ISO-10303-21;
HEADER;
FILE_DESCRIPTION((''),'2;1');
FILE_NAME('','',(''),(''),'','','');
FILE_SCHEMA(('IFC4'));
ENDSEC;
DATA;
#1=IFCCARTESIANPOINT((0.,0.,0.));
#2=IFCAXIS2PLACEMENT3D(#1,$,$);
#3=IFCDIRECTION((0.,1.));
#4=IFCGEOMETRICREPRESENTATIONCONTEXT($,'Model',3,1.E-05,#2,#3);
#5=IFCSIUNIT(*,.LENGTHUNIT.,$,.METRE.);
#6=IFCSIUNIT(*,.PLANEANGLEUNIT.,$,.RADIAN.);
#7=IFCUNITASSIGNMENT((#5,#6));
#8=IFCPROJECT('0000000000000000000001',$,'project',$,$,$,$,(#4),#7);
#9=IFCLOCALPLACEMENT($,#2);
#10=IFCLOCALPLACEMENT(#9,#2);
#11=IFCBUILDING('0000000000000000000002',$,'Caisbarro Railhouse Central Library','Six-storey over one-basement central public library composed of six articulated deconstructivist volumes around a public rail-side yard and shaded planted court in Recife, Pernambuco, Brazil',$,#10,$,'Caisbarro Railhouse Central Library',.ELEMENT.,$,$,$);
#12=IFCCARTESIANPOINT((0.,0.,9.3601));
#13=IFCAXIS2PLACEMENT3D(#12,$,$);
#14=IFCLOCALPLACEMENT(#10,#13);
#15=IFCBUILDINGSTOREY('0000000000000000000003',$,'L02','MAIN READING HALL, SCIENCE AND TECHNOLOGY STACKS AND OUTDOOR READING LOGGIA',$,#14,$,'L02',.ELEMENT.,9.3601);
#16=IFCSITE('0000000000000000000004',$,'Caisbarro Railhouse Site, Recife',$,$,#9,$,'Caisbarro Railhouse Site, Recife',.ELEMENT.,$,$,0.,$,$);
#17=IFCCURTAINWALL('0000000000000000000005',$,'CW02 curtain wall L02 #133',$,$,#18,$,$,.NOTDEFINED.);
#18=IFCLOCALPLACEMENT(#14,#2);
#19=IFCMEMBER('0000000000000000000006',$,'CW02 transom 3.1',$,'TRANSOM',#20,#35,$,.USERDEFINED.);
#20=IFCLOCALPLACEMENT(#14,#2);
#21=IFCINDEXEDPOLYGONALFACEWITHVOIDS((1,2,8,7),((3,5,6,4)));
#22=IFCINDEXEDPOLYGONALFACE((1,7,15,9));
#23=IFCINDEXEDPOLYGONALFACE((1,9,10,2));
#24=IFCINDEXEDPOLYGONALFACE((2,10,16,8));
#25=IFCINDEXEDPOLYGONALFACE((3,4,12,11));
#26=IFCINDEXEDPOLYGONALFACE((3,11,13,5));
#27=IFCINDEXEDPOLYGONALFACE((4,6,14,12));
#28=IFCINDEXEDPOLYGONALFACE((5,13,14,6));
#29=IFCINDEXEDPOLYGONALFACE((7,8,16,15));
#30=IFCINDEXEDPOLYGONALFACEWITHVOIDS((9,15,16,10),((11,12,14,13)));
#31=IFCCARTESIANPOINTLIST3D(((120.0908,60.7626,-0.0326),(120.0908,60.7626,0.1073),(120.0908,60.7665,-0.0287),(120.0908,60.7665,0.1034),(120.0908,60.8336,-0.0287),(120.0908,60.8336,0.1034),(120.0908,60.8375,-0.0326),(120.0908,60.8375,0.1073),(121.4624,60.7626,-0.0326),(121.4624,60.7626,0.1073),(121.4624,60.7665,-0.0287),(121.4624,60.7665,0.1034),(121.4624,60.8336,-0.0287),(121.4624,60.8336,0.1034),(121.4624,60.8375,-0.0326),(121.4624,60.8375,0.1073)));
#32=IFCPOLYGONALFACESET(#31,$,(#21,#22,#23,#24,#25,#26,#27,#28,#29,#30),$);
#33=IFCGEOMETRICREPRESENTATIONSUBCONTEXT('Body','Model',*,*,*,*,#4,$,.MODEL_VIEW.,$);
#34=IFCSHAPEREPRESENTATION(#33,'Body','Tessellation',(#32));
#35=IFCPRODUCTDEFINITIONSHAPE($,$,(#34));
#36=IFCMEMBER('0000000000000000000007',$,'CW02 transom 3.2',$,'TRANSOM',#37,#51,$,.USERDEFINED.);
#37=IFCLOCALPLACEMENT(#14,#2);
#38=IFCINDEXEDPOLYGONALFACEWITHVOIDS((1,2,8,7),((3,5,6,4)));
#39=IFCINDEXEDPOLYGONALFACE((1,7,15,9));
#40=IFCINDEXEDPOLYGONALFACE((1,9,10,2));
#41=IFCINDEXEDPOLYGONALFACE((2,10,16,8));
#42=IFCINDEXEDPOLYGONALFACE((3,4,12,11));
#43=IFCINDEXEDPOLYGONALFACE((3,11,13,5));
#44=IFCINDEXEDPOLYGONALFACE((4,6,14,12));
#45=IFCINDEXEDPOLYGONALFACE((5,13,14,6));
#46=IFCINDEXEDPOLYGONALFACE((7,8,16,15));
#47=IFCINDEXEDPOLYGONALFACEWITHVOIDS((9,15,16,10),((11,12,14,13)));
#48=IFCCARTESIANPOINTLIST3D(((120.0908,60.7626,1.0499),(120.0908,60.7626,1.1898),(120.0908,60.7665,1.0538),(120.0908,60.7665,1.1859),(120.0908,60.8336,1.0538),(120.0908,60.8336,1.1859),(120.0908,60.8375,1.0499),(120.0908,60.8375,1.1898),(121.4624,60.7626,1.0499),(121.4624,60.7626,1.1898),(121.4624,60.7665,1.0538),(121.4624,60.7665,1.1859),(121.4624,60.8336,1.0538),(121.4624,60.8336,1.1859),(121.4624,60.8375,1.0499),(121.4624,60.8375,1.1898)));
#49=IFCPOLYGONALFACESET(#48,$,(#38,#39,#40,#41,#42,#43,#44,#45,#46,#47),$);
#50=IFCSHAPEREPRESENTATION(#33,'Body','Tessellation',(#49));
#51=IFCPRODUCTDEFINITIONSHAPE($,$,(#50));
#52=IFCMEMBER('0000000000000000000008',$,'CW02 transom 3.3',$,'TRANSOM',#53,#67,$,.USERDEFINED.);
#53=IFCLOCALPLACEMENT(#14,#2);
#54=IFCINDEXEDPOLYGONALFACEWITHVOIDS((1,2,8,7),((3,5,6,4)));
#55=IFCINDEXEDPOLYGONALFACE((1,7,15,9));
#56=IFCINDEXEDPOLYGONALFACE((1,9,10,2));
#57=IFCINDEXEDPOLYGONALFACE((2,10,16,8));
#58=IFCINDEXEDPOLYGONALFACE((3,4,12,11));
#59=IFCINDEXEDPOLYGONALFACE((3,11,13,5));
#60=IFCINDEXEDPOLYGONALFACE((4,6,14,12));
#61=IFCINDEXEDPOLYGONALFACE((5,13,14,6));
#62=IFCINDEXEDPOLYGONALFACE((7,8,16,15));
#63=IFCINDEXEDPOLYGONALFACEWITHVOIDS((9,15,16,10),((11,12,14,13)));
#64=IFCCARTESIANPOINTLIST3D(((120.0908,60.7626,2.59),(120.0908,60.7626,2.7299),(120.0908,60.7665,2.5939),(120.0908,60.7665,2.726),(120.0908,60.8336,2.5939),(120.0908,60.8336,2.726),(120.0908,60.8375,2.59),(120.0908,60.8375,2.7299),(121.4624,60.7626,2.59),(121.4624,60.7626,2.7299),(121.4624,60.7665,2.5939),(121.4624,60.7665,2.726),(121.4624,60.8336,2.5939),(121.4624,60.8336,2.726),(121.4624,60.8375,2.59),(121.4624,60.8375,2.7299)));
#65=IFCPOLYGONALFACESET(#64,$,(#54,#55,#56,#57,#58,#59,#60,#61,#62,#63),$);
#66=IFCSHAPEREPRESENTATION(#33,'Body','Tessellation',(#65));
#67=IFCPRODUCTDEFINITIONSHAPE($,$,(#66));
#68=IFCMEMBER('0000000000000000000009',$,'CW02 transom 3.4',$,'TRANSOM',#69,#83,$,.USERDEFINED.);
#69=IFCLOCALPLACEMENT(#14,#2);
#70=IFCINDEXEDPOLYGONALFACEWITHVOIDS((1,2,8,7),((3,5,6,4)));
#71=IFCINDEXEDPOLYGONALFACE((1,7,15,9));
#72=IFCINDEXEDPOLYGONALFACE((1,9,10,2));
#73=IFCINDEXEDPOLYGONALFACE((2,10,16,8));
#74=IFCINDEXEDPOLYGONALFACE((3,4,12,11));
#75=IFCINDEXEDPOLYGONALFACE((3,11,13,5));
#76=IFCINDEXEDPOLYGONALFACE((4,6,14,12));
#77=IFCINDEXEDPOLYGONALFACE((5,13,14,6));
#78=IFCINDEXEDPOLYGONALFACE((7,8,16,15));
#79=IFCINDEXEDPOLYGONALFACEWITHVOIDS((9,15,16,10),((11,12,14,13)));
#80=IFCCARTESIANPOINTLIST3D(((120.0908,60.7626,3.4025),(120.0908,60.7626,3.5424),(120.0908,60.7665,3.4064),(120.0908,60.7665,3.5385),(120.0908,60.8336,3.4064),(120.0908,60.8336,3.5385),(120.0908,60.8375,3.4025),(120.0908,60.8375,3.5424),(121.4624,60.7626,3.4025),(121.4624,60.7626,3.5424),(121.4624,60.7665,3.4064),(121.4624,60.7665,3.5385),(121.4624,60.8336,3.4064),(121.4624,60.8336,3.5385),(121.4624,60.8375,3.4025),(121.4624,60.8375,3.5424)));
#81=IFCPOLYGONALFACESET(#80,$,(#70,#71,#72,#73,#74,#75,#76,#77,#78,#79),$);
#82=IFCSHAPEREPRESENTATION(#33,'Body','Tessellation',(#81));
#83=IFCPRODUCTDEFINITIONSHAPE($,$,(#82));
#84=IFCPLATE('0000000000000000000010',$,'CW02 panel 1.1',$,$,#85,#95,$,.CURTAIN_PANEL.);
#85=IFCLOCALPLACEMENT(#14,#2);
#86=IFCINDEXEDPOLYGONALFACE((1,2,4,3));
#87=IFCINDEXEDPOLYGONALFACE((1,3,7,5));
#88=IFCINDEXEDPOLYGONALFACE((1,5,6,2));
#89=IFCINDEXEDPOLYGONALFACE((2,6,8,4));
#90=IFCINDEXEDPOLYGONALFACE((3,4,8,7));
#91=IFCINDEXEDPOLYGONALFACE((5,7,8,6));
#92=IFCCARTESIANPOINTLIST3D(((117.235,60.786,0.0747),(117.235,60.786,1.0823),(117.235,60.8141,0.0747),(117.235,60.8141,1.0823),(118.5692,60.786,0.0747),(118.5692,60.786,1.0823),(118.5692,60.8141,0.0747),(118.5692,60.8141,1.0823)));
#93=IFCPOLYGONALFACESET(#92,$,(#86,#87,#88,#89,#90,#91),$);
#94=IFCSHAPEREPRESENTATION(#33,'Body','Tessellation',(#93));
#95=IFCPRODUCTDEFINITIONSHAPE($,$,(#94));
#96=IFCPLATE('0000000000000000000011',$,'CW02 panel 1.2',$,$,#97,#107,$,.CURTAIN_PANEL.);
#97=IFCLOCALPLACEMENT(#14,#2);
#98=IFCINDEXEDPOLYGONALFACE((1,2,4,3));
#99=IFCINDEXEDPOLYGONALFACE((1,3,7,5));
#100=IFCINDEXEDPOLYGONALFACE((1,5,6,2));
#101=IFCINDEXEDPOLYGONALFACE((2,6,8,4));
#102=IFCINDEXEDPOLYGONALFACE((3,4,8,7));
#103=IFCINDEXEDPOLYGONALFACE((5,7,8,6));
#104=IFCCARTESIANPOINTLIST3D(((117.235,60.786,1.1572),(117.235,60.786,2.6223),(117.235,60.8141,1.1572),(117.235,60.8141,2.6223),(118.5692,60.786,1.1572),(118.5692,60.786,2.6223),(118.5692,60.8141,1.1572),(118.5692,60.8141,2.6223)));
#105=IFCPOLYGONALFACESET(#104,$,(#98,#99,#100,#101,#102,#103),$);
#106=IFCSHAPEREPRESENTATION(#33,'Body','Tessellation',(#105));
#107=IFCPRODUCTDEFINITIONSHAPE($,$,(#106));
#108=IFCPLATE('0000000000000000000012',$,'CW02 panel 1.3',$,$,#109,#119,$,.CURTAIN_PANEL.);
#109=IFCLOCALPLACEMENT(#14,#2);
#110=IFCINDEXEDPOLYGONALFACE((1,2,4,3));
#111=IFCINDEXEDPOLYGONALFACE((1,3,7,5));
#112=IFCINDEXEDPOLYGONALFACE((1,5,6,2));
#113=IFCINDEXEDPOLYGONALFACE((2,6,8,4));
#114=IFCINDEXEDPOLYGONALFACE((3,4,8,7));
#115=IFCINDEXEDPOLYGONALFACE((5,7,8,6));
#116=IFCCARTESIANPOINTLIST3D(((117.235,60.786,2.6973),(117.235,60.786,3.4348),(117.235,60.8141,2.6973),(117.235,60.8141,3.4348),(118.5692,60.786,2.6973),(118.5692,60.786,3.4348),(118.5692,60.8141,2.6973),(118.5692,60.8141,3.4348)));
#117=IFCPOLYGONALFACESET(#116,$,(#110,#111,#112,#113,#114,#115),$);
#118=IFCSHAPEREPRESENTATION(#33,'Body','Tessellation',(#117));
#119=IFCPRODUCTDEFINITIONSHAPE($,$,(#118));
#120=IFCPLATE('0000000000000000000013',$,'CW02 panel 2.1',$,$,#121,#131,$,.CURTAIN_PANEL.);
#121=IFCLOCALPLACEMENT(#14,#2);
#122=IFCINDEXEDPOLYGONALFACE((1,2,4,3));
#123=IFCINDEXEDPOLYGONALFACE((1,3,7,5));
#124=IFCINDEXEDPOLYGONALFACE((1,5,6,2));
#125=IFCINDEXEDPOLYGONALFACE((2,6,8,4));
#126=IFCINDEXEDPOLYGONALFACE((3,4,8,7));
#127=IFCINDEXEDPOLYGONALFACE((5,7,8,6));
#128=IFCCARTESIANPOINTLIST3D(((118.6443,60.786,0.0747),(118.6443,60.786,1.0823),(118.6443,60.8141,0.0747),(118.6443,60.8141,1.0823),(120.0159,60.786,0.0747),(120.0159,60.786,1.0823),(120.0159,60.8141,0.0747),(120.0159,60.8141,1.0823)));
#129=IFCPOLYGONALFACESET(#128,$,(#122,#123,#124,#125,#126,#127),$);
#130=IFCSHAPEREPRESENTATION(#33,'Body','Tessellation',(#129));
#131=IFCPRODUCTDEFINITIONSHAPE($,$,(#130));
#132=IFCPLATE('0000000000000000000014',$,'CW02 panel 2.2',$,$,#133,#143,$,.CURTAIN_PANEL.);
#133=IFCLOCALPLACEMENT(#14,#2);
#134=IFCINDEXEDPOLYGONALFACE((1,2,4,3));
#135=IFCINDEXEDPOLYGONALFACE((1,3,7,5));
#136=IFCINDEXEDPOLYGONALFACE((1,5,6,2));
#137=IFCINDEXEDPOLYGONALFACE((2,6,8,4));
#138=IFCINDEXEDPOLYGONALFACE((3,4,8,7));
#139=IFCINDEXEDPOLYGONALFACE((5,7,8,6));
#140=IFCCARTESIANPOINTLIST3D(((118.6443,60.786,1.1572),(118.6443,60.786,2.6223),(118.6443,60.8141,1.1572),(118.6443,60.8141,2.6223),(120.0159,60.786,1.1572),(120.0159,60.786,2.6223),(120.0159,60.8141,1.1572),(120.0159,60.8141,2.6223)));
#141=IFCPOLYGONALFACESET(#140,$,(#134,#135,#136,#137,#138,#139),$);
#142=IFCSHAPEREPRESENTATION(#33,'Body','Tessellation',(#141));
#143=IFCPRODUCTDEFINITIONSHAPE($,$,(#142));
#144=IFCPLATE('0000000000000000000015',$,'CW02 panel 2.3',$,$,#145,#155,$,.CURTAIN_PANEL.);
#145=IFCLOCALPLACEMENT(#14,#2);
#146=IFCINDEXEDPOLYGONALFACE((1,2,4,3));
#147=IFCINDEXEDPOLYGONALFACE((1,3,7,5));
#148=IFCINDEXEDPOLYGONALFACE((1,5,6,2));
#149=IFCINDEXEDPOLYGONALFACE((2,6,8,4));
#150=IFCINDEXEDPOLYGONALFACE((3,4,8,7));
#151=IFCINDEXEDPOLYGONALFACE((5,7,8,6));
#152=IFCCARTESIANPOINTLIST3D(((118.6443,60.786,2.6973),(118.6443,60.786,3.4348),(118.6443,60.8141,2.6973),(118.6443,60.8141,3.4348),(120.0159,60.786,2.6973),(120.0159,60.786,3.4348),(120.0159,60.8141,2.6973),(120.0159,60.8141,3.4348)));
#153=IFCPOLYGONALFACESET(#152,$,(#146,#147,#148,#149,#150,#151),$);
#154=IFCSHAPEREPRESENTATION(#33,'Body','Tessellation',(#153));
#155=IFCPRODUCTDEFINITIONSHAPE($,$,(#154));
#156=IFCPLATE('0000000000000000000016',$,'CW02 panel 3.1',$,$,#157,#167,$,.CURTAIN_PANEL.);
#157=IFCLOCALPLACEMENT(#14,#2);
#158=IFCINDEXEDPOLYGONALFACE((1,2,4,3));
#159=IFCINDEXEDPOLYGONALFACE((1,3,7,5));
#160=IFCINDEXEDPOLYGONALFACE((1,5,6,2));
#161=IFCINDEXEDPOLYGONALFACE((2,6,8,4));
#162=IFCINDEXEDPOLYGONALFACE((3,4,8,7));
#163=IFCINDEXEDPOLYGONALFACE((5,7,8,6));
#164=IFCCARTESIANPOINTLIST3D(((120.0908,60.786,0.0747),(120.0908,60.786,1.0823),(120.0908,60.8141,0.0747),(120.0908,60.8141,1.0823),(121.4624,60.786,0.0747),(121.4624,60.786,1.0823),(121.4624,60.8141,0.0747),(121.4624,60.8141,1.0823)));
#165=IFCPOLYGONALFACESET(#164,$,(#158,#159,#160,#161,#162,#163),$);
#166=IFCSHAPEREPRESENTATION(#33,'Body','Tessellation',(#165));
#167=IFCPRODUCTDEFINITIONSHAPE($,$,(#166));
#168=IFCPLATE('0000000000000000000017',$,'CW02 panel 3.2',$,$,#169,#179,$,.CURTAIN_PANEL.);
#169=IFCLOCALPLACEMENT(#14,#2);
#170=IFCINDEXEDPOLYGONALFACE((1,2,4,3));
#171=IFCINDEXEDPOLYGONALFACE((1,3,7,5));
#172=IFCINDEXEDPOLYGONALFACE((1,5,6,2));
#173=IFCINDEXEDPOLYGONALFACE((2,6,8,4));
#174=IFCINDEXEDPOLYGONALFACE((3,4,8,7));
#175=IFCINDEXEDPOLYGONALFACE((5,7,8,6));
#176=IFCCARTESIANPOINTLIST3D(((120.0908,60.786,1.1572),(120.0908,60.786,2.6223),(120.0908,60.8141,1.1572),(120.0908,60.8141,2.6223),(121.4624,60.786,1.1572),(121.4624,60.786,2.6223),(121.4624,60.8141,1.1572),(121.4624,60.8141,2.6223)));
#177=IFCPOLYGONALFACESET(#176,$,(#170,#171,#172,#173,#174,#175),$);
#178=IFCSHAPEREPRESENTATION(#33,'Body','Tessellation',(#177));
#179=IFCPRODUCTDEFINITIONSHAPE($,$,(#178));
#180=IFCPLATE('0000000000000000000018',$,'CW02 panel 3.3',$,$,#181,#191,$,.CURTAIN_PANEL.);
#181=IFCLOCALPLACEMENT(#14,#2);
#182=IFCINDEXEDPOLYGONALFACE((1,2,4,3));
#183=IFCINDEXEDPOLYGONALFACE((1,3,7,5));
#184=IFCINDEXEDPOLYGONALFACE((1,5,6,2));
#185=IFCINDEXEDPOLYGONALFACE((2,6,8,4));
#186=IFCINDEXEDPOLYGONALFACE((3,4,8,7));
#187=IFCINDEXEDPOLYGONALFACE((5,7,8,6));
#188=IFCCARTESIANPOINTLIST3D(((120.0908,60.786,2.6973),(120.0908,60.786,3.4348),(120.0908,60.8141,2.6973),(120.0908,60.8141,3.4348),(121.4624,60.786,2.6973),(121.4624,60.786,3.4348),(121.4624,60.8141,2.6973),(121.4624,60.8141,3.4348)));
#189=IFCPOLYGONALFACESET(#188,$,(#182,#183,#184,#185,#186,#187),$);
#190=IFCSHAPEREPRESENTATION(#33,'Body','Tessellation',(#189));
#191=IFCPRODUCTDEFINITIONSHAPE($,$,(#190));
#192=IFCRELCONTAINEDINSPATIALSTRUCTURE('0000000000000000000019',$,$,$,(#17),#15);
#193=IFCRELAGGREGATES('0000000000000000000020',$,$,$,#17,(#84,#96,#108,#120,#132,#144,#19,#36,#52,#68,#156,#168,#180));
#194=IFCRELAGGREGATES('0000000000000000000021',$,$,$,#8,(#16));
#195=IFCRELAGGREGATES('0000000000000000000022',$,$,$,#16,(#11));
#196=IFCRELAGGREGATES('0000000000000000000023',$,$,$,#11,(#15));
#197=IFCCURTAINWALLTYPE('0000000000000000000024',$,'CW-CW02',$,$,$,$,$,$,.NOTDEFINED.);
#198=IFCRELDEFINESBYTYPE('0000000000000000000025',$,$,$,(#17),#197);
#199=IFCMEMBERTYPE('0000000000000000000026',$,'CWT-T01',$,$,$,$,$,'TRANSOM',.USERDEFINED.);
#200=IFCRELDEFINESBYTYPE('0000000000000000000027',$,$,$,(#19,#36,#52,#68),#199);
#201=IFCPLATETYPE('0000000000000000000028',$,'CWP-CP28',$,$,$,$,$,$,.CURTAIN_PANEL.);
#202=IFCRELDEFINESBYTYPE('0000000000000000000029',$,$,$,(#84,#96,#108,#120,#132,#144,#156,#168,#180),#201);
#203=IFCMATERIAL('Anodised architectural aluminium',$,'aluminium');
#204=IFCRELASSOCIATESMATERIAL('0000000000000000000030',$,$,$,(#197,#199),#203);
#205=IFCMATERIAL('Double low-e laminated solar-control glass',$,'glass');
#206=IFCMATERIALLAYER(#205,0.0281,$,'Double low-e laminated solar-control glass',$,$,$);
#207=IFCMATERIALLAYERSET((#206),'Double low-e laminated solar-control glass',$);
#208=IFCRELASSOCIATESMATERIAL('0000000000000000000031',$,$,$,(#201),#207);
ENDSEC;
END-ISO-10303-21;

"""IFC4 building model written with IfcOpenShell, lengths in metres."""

from ifc_helpers import new_model, si_unit, direction, frame, origin, origin_2d, place, context, subcontext, project, spatial, rectangle, hollow_rectangle, extrude, material, layer, layer_set, material_profile, profile_set, type_object, element, aggregate, save


model = new_model("IFC4")

# Units and contexts
model_context = context("Model", 3, precision=1e-05, world=origin(), true_north=direction((0.0, 1.0)))
body_context = subcontext(model_context, "Body", "Model", "MODEL_VIEW")
ifc_project = project(units=[si_unit("LENGTHUNIT", "METRE"), si_unit("PLANEANGLEUNIT", "RADIAN")], contexts=[model_context])

# Site, building, storey
site_placement = place(None, origin())
site = spatial("IfcSite", under=ifc_project, at=site_placement, Name="Caisbarro Railhouse Site, Recife", LongName="Caisbarro Railhouse Site, Recife", CompositionType="ELEMENT", RefElevation=0.0)
building_placement = place(site_placement, origin())
building = spatial("IfcBuilding", under=site, at=building_placement, Name="Caisbarro Railhouse Central Library", Description="Six-storey over one-basement central public library composed of six articulated deconstructivist volumes around a public rail-side yard and shaded planted court in Recife, Pernambuco, Brazil", LongName="Caisbarro Railhouse Central Library", CompositionType="ELEMENT")
storey_placement = place(building_placement, frame((0.0, 0.0, 9.3601)))
storey = spatial("IfcBuildingStorey", under=building, at=storey_placement, Name="L02", Description="MAIN READING HALL, SCIENCE AND TECHNOLOGY STACKS AND OUTDOOR READING LOGGIA", LongName="L02", CompositionType="ELEMENT", Elevation=9.3601)

# Curtain wall
ifc_material_1 = material(Name="Anodised architectural aluminium", Category="aluminium")
curtain_wall_type = type_object("IfcCurtainWallType", Name="CW-CW02", PredefinedType="NOTDEFINED", material=ifc_material_1)
curtain_wall_1_placement = place(storey_placement, origin())
curtain_wall_1 = element("IfcCurtainWall", 1, at=curtain_wall_1_placement, inside=storey, type_object=curtain_wall_type, Name="CW02 curtain wall L02 #133", PredefinedType="NOTDEFINED")

# Members
ifc_material_profile_1 = material_profile(ifc_material_1, hollow_rectangle(XDim=0.075, YDim=0.1399, WallThickness=0.0039, at=origin_2d()), Name="ALU-TRN-75X140")
ifc_profile_set_1 = profile_set([ifc_material_profile_1], Name="Anodised architectural aluminium")
member_type_1 = type_object("IfcMemberType", Name="CWT-T01", ElementType="TRANSOM", PredefinedType="USERDEFINED", material=ifc_profile_set_1)
member_1_placement = place(storey_placement, frame((120.0908, 60.8, 0.0374), z_axis=(1.0, 0.0, 0.0), x_axis=(0.0, 1.0, 0.0)))
member_1 = element("IfcMember", 2, at=member_1_placement, type_object=member_type_1, Name="CW02 transom 3.1", ObjectType="TRANSOM", PredefinedType="USERDEFINED", context=body_context, shape_type="SweptSolid", body=[
    extrude(hollow_rectangle(XDim=0.075, YDim=0.1399, WallThickness=0.0039, at=origin_2d()), origin(), (0.0, 0.0, 1.0), 1.3716),
])
member_2_placement = place(storey_placement, frame((120.0908, 60.8, 1.1199), z_axis=(1.0, 0.0, 0.0), x_axis=(0.0, 1.0, 0.0)))
member_2 = element("IfcMember", 3, at=member_2_placement, type_object=member_type_1, Name="CW02 transom 3.2", ObjectType="TRANSOM", PredefinedType="USERDEFINED", context=body_context, shape_type="SweptSolid", body=[
    extrude(hollow_rectangle(XDim=0.075, YDim=0.1399, WallThickness=0.0039, at=origin_2d()), origin(), (0.0, 0.0, 1.0), 1.3716),
])
member_3_placement = place(storey_placement, frame((120.0908, 60.8, 2.6599), z_axis=(1.0, 0.0, 0.0), x_axis=(0.0, 1.0, 0.0)))
member_3 = element("IfcMember", 4, at=member_3_placement, type_object=member_type_1, Name="CW02 transom 3.3", ObjectType="TRANSOM", PredefinedType="USERDEFINED", context=body_context, shape_type="SweptSolid", body=[
    extrude(hollow_rectangle(XDim=0.075, YDim=0.1399, WallThickness=0.0039, at=origin_2d()), origin(), (0.0, 0.0, 1.0), 1.3716),
])
member_4_placement = place(storey_placement, frame((120.0908, 60.8, 3.4724), z_axis=(1.0, 0.0, 0.0), x_axis=(0.0, 1.0, 0.0)))
member_4 = element("IfcMember", 5, at=member_4_placement, type_object=member_type_1, Name="CW02 transom 3.4", ObjectType="TRANSOM", PredefinedType="USERDEFINED", context=body_context, shape_type="SweptSolid", body=[
    extrude(hollow_rectangle(XDim=0.075, YDim=0.1399, WallThickness=0.0039, at=origin_2d()), origin(), (0.0, 0.0, 1.0), 1.3716),
])

# Plates
ifc_material_2 = material(Name="Double low-e laminated solar-control glass", Category="glass")
ifc_layer_1 = layer(ifc_material_2, 0.0281, Name="Double low-e laminated solar-control glass")
ifc_layer_set_1 = layer_set([ifc_layer_1], Name="Double low-e laminated solar-control glass")
plate_type_1 = type_object("IfcPlateType", Name="CWP-CP28", PredefinedType="CURTAIN_PANEL", material=ifc_layer_set_1)
plate_1_placement = place(storey_placement, frame((117.9021, 60.8, 0.0747), z_axis=(0.0, 0.0, 1.0), x_axis=(1.0, 0.0, 0.0)))
plate_1 = element("IfcPlate", 6, at=plate_1_placement, type_object=plate_type_1, Name="CW02 panel 1.1", PredefinedType="CURTAIN_PANEL", context=body_context, shape_type="SweptSolid", body=[
    extrude(rectangle(XDim=1.3342, YDim=0.0281, at=origin_2d()), origin(), (0.0, 0.0, 1.0), 1.0076),
])
plate_2_placement = place(storey_placement, frame((117.9021, 60.8, 1.1572), z_axis=(0.0, 0.0, 1.0), x_axis=(1.0, 0.0, 0.0)))
plate_2 = element("IfcPlate", 7, at=plate_2_placement, type_object=plate_type_1, Name="CW02 panel 1.2", PredefinedType="CURTAIN_PANEL", context=body_context, shape_type="SweptSolid", body=[
    extrude(rectangle(XDim=1.3342, YDim=0.0281, at=origin_2d()), origin(), (0.0, 0.0, 1.0), 1.4651),
])
plate_3_placement = place(storey_placement, frame((117.9021, 60.8, 2.6973), z_axis=(0.0, 0.0, 1.0), x_axis=(1.0, 0.0, 0.0)))
plate_3 = element("IfcPlate", 8, at=plate_3_placement, type_object=plate_type_1, Name="CW02 panel 1.3", PredefinedType="CURTAIN_PANEL", context=body_context, shape_type="SweptSolid", body=[
    extrude(rectangle(XDim=1.3342, YDim=0.0281, at=origin_2d()), origin(), (0.0, 0.0, 1.0), 0.7375),
])
plate_4_placement = place(storey_placement, frame((119.3301, 60.8, 0.0747), z_axis=(0.0, 0.0, 1.0), x_axis=(1.0, 0.0, 0.0)))
plate_4 = element("IfcPlate", 9, at=plate_4_placement, type_object=plate_type_1, Name="CW02 panel 2.1", PredefinedType="CURTAIN_PANEL", context=body_context, shape_type="SweptSolid", body=[
    extrude(rectangle(XDim=1.3716, YDim=0.0281, at=origin_2d()), origin(), (0.0, 0.0, 1.0), 1.0076),
])
plate_5_placement = place(storey_placement, frame((119.3301, 60.8, 1.1572), z_axis=(0.0, 0.0, 1.0), x_axis=(1.0, 0.0, 0.0)))
plate_5 = element("IfcPlate", 10, at=plate_5_placement, type_object=plate_type_1, Name="CW02 panel 2.2", PredefinedType="CURTAIN_PANEL", context=body_context, shape_type="SweptSolid", body=[
    extrude(rectangle(XDim=1.3716, YDim=0.0281, at=origin_2d()), origin(), (0.0, 0.0, 1.0), 1.4651),
])
plate_6_placement = place(storey_placement, frame((119.3301, 60.8, 2.6973), z_axis=(0.0, 0.0, 1.0), x_axis=(1.0, 0.0, 0.0)))
plate_6 = element("IfcPlate", 11, at=plate_6_placement, type_object=plate_type_1, Name="CW02 panel 2.3", PredefinedType="CURTAIN_PANEL", context=body_context, shape_type="SweptSolid", body=[
    extrude(rectangle(XDim=1.3716, YDim=0.0281, at=origin_2d()), origin(), (0.0, 0.0, 1.0), 0.7375),
])
plate_7_placement = place(storey_placement, frame((120.7766, 60.8, 0.0747), z_axis=(0.0, 0.0, 1.0), x_axis=(1.0, 0.0, 0.0)))
plate_7 = element("IfcPlate", 12, at=plate_7_placement, type_object=plate_type_1, Name="CW02 panel 3.1", PredefinedType="CURTAIN_PANEL", context=body_context, shape_type="SweptSolid", body=[
    extrude(rectangle(XDim=1.3716, YDim=0.0281, at=origin_2d()), origin(), (0.0, 0.0, 1.0), 1.0076),
])
plate_8_placement = place(storey_placement, frame((120.7766, 60.8, 1.1572), z_axis=(0.0, 0.0, 1.0), x_axis=(1.0, 0.0, 0.0)))
plate_8 = element("IfcPlate", 13, at=plate_8_placement, type_object=plate_type_1, Name="CW02 panel 3.2", PredefinedType="CURTAIN_PANEL", context=body_context, shape_type="SweptSolid", body=[
    extrude(rectangle(XDim=1.3716, YDim=0.0281, at=origin_2d()), origin(), (0.0, 0.0, 1.0), 1.4651),
])
plate_9_placement = place(storey_placement, frame((120.7766, 60.8, 2.6973), z_axis=(0.0, 0.0, 1.0), x_axis=(1.0, 0.0, 0.0)))
plate_9 = element("IfcPlate", 14, at=plate_9_placement, type_object=plate_type_1, Name="CW02 panel 3.3", PredefinedType="CURTAIN_PANEL", context=body_context, shape_type="SweptSolid", body=[
    extrude(rectangle(XDim=1.3716, YDim=0.0281, at=origin_2d()), origin(), (0.0, 0.0, 1.0), 0.7375),
])
aggregate(curtain_wall_1, [plate_1, plate_2, plate_3, plate_4, plate_5, plate_6, member_1, member_2, member_3, member_4, plate_7, plate_8, plate_9])

save(model, "model.ifc")
